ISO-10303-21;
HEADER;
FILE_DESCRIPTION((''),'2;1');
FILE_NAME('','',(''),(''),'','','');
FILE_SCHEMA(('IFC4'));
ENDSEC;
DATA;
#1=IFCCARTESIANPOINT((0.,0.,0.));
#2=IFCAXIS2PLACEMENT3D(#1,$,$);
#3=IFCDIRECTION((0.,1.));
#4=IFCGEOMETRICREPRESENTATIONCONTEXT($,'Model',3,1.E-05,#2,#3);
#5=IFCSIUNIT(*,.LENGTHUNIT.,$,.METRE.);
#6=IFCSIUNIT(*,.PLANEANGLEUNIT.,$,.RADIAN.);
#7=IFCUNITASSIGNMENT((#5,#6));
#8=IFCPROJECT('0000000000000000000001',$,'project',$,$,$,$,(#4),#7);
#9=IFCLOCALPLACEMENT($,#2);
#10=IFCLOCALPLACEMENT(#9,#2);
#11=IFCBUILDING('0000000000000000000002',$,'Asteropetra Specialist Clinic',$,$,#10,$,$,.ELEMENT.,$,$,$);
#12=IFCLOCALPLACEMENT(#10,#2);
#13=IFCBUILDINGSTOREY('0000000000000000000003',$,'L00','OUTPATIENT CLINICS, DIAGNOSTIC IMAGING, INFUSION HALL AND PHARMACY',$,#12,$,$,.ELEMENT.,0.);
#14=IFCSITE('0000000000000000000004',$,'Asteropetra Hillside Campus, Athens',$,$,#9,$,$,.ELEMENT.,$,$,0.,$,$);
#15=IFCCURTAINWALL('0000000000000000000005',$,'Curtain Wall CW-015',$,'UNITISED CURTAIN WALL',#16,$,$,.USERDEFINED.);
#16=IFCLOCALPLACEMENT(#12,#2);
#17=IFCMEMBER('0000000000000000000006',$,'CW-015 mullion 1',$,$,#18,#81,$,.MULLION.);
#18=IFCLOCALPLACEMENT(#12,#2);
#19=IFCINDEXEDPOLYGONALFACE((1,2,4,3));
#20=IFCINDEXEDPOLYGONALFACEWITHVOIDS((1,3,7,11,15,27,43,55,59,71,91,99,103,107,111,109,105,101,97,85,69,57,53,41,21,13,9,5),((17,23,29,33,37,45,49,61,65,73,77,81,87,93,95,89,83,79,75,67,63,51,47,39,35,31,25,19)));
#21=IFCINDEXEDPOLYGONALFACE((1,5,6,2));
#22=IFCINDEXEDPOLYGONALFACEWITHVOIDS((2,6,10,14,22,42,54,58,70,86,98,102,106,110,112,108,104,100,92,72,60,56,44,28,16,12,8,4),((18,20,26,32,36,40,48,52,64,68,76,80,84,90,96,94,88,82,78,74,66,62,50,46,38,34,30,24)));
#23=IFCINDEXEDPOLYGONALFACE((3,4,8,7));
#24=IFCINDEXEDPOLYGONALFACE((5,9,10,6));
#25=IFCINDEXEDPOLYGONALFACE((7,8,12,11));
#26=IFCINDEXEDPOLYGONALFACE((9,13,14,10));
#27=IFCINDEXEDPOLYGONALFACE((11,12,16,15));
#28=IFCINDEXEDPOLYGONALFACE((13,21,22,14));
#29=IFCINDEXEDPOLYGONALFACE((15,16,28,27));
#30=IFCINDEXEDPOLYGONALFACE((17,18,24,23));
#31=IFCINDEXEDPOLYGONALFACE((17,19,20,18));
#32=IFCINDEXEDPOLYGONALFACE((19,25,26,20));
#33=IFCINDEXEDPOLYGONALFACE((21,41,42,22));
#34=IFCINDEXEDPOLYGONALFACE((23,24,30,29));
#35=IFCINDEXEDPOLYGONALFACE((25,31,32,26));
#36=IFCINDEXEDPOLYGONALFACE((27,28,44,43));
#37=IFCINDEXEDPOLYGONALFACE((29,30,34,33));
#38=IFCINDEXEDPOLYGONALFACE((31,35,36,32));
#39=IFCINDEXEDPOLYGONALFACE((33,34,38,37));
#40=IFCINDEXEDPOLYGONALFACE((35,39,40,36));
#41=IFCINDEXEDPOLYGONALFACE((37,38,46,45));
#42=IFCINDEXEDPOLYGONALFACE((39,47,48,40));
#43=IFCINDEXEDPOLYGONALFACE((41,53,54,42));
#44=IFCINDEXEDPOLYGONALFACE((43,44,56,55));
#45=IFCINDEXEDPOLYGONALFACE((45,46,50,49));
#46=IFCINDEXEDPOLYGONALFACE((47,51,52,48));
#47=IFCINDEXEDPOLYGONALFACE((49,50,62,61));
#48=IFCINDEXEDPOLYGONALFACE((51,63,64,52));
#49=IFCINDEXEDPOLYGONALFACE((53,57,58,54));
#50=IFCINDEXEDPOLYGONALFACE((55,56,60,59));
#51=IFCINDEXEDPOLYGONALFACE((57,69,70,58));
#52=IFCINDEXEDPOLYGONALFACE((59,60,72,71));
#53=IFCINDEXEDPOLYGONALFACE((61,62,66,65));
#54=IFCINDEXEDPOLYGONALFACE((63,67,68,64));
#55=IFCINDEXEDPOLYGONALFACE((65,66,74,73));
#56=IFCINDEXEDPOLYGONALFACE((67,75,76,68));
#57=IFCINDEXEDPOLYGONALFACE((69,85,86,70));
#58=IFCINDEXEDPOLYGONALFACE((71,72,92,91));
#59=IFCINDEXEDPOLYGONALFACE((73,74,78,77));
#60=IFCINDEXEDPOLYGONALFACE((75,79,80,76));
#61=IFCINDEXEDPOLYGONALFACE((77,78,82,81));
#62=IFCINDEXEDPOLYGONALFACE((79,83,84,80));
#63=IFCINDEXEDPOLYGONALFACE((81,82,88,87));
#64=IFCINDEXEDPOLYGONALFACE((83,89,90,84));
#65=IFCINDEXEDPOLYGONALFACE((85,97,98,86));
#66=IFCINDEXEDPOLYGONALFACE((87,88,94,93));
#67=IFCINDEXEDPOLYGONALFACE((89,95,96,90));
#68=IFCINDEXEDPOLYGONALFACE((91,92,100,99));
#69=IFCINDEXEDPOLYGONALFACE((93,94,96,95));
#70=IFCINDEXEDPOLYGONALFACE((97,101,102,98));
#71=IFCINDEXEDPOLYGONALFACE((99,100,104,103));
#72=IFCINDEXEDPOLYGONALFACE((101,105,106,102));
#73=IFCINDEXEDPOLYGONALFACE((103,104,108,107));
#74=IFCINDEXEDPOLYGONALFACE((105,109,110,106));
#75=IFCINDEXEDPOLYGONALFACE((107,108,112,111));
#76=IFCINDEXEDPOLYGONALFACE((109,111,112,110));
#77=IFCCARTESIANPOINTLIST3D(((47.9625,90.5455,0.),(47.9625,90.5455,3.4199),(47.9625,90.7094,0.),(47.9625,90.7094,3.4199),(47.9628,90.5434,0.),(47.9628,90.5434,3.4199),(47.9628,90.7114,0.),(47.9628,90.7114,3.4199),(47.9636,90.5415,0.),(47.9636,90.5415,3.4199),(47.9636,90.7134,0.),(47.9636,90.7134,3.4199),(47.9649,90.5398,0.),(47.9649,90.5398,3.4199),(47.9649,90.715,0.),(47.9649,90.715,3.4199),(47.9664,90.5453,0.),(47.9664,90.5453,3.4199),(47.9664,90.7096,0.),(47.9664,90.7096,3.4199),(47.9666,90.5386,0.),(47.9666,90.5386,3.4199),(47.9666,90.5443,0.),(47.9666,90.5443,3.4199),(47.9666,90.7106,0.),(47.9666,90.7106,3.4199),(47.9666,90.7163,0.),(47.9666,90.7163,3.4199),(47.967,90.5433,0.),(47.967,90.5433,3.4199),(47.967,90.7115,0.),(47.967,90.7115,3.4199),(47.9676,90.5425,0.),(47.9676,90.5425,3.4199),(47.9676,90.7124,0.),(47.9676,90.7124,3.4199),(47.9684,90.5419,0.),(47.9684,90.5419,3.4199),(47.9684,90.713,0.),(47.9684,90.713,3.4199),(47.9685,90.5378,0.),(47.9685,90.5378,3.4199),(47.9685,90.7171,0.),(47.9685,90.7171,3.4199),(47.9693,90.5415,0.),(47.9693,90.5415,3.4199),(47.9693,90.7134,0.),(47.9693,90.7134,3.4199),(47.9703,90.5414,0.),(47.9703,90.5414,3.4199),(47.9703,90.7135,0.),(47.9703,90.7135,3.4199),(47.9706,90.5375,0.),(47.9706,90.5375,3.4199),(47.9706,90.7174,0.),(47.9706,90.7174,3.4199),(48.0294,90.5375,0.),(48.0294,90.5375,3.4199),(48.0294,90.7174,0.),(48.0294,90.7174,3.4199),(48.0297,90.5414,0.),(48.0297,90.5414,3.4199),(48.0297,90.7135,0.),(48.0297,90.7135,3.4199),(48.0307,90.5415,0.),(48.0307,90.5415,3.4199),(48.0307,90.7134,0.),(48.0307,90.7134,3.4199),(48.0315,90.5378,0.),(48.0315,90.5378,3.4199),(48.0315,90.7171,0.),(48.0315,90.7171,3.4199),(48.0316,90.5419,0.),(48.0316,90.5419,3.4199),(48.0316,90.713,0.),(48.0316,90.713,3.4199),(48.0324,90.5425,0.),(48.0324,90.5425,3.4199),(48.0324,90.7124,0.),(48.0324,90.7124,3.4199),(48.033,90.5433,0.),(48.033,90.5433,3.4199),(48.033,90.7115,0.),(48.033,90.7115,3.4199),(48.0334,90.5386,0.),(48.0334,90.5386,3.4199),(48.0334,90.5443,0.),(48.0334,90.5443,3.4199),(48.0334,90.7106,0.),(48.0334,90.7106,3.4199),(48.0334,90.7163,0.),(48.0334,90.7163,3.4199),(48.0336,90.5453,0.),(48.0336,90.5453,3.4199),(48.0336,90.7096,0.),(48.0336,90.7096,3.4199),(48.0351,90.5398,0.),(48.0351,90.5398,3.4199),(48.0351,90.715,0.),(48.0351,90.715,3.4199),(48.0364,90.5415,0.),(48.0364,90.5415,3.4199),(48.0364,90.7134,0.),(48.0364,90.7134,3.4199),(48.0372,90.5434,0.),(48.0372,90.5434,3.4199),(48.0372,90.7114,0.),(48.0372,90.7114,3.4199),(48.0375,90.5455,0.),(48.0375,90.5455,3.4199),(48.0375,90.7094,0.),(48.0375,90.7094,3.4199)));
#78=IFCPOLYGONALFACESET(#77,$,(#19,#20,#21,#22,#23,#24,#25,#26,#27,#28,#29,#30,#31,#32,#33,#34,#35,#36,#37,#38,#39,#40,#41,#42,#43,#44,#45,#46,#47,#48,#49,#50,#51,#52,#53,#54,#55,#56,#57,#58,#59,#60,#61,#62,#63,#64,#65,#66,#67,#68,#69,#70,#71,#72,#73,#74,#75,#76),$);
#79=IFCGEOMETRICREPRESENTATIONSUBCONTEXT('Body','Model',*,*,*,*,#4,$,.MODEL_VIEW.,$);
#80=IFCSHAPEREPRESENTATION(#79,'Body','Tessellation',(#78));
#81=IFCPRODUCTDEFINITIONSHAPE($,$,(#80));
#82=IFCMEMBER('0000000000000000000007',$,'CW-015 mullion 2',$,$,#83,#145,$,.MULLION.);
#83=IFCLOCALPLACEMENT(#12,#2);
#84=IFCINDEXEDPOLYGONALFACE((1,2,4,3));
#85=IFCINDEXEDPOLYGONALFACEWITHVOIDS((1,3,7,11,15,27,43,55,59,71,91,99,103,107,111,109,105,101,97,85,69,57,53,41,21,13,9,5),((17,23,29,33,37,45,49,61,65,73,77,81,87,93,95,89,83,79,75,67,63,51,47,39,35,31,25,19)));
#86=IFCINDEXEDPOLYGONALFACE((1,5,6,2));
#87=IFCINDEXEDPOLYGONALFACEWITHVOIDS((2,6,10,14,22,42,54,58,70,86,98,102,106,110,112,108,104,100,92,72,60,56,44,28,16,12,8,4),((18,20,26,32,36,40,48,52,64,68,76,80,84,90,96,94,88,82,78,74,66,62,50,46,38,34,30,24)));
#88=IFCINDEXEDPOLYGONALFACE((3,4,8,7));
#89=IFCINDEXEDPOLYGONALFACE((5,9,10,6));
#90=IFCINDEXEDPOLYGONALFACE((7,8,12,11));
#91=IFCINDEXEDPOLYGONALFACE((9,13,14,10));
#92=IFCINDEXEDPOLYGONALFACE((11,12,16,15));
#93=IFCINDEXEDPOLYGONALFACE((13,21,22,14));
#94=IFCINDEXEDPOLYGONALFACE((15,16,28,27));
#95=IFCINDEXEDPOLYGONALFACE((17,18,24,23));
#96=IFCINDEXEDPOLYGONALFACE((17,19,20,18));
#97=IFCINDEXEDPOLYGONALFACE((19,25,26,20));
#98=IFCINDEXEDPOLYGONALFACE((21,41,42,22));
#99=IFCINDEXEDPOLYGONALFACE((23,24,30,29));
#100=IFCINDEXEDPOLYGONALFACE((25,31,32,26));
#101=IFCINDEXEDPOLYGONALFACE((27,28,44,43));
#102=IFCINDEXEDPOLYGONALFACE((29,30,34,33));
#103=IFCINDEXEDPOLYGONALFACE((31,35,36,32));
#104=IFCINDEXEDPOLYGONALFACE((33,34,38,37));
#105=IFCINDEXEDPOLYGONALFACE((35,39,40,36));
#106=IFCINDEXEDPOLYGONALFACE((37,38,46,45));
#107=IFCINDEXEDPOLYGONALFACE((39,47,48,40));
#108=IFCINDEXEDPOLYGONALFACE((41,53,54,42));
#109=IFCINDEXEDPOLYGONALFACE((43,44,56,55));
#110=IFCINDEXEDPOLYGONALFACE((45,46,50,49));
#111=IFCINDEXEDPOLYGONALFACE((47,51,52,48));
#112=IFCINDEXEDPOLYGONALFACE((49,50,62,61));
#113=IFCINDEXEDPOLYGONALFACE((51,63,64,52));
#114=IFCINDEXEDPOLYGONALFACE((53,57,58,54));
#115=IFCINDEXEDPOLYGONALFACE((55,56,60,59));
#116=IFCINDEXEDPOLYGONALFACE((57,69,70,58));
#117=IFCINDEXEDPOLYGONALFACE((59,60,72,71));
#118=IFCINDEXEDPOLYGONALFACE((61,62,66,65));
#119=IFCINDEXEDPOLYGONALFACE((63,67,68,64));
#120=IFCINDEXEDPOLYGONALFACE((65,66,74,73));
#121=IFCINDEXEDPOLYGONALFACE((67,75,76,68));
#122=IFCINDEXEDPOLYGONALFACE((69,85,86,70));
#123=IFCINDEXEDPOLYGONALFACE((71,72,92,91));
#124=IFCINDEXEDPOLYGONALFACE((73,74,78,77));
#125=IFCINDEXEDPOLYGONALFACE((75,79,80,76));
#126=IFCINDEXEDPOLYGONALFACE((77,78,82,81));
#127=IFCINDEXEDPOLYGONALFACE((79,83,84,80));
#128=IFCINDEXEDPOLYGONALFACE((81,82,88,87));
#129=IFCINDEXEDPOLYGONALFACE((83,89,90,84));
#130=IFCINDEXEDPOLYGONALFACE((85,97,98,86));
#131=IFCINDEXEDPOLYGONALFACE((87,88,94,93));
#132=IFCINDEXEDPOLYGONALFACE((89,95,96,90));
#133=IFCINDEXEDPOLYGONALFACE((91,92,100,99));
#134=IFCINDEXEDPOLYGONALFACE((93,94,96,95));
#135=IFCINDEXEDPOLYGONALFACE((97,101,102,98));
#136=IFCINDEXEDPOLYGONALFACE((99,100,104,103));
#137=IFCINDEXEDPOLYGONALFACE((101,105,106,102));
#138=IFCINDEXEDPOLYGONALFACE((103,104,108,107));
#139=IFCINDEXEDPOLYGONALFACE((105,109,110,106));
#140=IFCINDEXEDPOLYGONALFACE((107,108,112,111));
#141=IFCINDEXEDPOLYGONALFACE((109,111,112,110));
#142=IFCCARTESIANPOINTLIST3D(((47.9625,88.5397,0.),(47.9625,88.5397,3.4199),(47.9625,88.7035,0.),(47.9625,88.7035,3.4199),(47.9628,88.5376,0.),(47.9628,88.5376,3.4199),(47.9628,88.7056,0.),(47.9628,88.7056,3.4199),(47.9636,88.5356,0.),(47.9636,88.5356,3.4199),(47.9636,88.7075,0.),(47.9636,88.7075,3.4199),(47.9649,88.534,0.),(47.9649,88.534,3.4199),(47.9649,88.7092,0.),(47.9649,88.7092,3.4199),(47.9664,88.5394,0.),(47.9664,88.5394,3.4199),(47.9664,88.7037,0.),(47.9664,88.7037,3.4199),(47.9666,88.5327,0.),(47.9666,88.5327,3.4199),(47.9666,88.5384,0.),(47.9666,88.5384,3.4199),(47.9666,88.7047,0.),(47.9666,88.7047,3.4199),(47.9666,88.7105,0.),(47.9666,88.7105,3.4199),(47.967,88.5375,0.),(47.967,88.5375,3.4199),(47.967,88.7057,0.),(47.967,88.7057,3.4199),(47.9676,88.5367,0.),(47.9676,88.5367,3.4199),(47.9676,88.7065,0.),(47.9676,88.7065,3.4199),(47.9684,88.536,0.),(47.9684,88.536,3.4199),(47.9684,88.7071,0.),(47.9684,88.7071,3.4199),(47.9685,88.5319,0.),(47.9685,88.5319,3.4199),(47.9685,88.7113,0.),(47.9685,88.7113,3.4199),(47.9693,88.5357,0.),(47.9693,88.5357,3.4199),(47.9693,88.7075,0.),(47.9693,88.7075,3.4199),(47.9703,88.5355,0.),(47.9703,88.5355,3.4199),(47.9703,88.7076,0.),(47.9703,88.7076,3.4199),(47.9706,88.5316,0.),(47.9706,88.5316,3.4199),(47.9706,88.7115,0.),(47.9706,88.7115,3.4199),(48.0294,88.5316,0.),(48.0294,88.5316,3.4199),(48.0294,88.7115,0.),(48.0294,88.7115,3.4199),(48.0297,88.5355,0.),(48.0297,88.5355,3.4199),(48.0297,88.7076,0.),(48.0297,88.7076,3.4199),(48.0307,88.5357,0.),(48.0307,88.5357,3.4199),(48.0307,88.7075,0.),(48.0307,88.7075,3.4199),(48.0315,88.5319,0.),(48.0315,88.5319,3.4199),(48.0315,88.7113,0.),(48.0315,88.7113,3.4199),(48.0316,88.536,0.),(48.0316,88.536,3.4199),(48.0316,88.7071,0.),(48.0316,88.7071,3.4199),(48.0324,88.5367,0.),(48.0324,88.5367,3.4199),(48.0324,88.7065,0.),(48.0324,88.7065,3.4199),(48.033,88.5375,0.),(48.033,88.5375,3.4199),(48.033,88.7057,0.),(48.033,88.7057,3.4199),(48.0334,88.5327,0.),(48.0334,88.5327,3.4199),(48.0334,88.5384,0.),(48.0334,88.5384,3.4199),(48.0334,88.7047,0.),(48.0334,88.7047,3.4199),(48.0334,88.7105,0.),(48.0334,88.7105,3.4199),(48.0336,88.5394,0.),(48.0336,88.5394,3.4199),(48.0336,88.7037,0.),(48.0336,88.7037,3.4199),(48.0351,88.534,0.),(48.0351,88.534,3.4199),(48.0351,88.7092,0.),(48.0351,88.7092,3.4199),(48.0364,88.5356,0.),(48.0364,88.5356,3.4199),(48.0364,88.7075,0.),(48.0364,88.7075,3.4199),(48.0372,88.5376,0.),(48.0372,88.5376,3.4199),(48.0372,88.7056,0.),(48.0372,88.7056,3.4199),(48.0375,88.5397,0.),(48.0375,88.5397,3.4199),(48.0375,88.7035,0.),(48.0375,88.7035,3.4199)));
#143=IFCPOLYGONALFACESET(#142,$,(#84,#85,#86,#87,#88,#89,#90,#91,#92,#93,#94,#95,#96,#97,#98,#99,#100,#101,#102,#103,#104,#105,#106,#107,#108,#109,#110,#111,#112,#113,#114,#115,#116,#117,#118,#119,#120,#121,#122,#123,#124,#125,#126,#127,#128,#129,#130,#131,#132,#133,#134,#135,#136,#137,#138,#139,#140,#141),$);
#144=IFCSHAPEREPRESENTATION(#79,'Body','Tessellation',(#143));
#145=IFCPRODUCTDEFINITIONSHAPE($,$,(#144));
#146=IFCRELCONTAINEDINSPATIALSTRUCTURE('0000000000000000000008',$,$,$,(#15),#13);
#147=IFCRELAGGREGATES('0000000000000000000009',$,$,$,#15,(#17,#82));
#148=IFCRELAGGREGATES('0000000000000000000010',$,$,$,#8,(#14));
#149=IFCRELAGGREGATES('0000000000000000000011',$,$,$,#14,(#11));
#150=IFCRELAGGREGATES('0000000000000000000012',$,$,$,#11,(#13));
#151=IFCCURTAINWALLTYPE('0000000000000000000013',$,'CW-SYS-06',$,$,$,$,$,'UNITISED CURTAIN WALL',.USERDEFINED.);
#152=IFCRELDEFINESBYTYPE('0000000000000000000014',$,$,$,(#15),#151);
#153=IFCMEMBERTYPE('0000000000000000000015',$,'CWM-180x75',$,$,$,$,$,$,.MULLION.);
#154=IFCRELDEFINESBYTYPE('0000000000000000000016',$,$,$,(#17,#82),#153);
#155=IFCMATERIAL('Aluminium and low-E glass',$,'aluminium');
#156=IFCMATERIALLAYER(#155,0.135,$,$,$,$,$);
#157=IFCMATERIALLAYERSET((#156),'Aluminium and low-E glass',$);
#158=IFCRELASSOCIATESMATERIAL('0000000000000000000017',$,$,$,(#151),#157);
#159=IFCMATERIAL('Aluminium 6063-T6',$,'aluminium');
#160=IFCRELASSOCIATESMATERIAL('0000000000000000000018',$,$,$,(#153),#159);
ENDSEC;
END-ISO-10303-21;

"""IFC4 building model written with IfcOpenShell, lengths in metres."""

from ifc_helpers import new_model, si_unit, direction, frame, origin, origin_2d, place, context, subcontext, project, spatial, hollow_rectangle, extrude, material, layer, layer_set, material_profile, profile_set, type_object, element, aggregate, save


model = new_model("IFC4")

# Units and contexts
model_context = context("Model", 3, precision=1e-05, world=origin(), true_north=direction((0.0, 1.0)))
body_context = subcontext(model_context, "Body", "Model", "MODEL_VIEW")
ifc_project = project(units=[si_unit("LENGTHUNIT", "METRE"), si_unit("PLANEANGLEUNIT", "RADIAN")], contexts=[model_context])

# Site, building, storey
site_placement = place(None, origin())
site = spatial("IfcSite", under=ifc_project, at=site_placement, Name="Asteropetra Hillside Campus, Athens", CompositionType="ELEMENT", RefElevation=0.0)
building_placement = place(site_placement, origin())
building = spatial("IfcBuilding", under=site, at=building_placement, Name="Asteropetra Specialist Clinic", CompositionType="ELEMENT")
storey_placement = place(building_placement, origin())
storey = spatial("IfcBuildingStorey", under=building, at=storey_placement, Name="L00", Description="OUTPATIENT CLINICS, DIAGNOSTIC IMAGING, INFUSION HALL AND PHARMACY", CompositionType="ELEMENT", Elevation=0.0)

# Curtain wall, members
ifc_material_1 = material(Name="Aluminium and low-E glass", Category="aluminium")
ifc_layer_1 = layer(ifc_material_1, 0.135)
ifc_layer_set_1 = layer_set([ifc_layer_1], Name="Aluminium and low-E glass")
curtain_wall_type_1 = type_object("IfcCurtainWallType", Name="CW-SYS-06", ElementType="UNITISED CURTAIN WALL", PredefinedType="USERDEFINED", material=ifc_layer_set_1)
curtain_wall_1_placement = place(storey_placement, origin())
curtain_wall_1 = element("IfcCurtainWall", 1, at=curtain_wall_1_placement, inside=storey, type_object=curtain_wall_type_1, Name="Curtain Wall CW-015", ObjectType="UNITISED CURTAIN WALL", PredefinedType="USERDEFINED")
ifc_material_2 = material(Name="Aluminium 6063-T6", Category="aluminium")
ifc_material_profile_1 = material_profile(ifc_material_2, hollow_rectangle(XDim=0.075, YDim=0.1799, WallThickness=0.0039, InnerFilletRadius=0.0039, OuterFilletRadius=0.0081, at=origin_2d()), Name="MUL 180x75x4.0")
ifc_profile_set_1 = profile_set([ifc_material_profile_1], Name="Aluminium 6063-T6")
member_type_1 = type_object("IfcMemberType", Name="CWM-180x75", PredefinedType="MULLION", material=ifc_profile_set_1)
member_1_placement = place(storey_placement, frame((48.0, 90.6274, 0.0), z_axis=(0.0, 0.0, 1.0), x_axis=(1.0, 0.0, 0.0)))
member_1 = element("IfcMember", 2, at=member_1_placement, type_object=member_type_1, Name="CW-015 mullion 1", PredefinedType="MULLION", context=body_context, shape_type="SweptSolid", body=[
    extrude(hollow_rectangle(XDim=0.075, YDim=0.1799, WallThickness=0.0039, InnerFilletRadius=0.0039, OuterFilletRadius=0.0081, at=origin_2d()), origin(), (0.0, 0.0, 1.0), 3.4199),
])
member_2_placement = place(storey_placement, frame((48.0, 88.6216, 0.0), z_axis=(0.0, 0.0, 1.0), x_axis=(1.0, 0.0, 0.0)))
member_2 = element("IfcMember", 3, at=member_2_placement, type_object=member_type_1, Name="CW-015 mullion 2", PredefinedType="MULLION", context=body_context, shape_type="SweptSolid", body=[
    extrude(hollow_rectangle(XDim=0.075, YDim=0.1799, WallThickness=0.0039, InnerFilletRadius=0.0039, OuterFilletRadius=0.0081, at=origin_2d()), origin(), (0.0, 0.0, 1.0), 3.4199),
])
aggregate(curtain_wall_1, [member_1, member_2])

save(model, "model.ifc")
